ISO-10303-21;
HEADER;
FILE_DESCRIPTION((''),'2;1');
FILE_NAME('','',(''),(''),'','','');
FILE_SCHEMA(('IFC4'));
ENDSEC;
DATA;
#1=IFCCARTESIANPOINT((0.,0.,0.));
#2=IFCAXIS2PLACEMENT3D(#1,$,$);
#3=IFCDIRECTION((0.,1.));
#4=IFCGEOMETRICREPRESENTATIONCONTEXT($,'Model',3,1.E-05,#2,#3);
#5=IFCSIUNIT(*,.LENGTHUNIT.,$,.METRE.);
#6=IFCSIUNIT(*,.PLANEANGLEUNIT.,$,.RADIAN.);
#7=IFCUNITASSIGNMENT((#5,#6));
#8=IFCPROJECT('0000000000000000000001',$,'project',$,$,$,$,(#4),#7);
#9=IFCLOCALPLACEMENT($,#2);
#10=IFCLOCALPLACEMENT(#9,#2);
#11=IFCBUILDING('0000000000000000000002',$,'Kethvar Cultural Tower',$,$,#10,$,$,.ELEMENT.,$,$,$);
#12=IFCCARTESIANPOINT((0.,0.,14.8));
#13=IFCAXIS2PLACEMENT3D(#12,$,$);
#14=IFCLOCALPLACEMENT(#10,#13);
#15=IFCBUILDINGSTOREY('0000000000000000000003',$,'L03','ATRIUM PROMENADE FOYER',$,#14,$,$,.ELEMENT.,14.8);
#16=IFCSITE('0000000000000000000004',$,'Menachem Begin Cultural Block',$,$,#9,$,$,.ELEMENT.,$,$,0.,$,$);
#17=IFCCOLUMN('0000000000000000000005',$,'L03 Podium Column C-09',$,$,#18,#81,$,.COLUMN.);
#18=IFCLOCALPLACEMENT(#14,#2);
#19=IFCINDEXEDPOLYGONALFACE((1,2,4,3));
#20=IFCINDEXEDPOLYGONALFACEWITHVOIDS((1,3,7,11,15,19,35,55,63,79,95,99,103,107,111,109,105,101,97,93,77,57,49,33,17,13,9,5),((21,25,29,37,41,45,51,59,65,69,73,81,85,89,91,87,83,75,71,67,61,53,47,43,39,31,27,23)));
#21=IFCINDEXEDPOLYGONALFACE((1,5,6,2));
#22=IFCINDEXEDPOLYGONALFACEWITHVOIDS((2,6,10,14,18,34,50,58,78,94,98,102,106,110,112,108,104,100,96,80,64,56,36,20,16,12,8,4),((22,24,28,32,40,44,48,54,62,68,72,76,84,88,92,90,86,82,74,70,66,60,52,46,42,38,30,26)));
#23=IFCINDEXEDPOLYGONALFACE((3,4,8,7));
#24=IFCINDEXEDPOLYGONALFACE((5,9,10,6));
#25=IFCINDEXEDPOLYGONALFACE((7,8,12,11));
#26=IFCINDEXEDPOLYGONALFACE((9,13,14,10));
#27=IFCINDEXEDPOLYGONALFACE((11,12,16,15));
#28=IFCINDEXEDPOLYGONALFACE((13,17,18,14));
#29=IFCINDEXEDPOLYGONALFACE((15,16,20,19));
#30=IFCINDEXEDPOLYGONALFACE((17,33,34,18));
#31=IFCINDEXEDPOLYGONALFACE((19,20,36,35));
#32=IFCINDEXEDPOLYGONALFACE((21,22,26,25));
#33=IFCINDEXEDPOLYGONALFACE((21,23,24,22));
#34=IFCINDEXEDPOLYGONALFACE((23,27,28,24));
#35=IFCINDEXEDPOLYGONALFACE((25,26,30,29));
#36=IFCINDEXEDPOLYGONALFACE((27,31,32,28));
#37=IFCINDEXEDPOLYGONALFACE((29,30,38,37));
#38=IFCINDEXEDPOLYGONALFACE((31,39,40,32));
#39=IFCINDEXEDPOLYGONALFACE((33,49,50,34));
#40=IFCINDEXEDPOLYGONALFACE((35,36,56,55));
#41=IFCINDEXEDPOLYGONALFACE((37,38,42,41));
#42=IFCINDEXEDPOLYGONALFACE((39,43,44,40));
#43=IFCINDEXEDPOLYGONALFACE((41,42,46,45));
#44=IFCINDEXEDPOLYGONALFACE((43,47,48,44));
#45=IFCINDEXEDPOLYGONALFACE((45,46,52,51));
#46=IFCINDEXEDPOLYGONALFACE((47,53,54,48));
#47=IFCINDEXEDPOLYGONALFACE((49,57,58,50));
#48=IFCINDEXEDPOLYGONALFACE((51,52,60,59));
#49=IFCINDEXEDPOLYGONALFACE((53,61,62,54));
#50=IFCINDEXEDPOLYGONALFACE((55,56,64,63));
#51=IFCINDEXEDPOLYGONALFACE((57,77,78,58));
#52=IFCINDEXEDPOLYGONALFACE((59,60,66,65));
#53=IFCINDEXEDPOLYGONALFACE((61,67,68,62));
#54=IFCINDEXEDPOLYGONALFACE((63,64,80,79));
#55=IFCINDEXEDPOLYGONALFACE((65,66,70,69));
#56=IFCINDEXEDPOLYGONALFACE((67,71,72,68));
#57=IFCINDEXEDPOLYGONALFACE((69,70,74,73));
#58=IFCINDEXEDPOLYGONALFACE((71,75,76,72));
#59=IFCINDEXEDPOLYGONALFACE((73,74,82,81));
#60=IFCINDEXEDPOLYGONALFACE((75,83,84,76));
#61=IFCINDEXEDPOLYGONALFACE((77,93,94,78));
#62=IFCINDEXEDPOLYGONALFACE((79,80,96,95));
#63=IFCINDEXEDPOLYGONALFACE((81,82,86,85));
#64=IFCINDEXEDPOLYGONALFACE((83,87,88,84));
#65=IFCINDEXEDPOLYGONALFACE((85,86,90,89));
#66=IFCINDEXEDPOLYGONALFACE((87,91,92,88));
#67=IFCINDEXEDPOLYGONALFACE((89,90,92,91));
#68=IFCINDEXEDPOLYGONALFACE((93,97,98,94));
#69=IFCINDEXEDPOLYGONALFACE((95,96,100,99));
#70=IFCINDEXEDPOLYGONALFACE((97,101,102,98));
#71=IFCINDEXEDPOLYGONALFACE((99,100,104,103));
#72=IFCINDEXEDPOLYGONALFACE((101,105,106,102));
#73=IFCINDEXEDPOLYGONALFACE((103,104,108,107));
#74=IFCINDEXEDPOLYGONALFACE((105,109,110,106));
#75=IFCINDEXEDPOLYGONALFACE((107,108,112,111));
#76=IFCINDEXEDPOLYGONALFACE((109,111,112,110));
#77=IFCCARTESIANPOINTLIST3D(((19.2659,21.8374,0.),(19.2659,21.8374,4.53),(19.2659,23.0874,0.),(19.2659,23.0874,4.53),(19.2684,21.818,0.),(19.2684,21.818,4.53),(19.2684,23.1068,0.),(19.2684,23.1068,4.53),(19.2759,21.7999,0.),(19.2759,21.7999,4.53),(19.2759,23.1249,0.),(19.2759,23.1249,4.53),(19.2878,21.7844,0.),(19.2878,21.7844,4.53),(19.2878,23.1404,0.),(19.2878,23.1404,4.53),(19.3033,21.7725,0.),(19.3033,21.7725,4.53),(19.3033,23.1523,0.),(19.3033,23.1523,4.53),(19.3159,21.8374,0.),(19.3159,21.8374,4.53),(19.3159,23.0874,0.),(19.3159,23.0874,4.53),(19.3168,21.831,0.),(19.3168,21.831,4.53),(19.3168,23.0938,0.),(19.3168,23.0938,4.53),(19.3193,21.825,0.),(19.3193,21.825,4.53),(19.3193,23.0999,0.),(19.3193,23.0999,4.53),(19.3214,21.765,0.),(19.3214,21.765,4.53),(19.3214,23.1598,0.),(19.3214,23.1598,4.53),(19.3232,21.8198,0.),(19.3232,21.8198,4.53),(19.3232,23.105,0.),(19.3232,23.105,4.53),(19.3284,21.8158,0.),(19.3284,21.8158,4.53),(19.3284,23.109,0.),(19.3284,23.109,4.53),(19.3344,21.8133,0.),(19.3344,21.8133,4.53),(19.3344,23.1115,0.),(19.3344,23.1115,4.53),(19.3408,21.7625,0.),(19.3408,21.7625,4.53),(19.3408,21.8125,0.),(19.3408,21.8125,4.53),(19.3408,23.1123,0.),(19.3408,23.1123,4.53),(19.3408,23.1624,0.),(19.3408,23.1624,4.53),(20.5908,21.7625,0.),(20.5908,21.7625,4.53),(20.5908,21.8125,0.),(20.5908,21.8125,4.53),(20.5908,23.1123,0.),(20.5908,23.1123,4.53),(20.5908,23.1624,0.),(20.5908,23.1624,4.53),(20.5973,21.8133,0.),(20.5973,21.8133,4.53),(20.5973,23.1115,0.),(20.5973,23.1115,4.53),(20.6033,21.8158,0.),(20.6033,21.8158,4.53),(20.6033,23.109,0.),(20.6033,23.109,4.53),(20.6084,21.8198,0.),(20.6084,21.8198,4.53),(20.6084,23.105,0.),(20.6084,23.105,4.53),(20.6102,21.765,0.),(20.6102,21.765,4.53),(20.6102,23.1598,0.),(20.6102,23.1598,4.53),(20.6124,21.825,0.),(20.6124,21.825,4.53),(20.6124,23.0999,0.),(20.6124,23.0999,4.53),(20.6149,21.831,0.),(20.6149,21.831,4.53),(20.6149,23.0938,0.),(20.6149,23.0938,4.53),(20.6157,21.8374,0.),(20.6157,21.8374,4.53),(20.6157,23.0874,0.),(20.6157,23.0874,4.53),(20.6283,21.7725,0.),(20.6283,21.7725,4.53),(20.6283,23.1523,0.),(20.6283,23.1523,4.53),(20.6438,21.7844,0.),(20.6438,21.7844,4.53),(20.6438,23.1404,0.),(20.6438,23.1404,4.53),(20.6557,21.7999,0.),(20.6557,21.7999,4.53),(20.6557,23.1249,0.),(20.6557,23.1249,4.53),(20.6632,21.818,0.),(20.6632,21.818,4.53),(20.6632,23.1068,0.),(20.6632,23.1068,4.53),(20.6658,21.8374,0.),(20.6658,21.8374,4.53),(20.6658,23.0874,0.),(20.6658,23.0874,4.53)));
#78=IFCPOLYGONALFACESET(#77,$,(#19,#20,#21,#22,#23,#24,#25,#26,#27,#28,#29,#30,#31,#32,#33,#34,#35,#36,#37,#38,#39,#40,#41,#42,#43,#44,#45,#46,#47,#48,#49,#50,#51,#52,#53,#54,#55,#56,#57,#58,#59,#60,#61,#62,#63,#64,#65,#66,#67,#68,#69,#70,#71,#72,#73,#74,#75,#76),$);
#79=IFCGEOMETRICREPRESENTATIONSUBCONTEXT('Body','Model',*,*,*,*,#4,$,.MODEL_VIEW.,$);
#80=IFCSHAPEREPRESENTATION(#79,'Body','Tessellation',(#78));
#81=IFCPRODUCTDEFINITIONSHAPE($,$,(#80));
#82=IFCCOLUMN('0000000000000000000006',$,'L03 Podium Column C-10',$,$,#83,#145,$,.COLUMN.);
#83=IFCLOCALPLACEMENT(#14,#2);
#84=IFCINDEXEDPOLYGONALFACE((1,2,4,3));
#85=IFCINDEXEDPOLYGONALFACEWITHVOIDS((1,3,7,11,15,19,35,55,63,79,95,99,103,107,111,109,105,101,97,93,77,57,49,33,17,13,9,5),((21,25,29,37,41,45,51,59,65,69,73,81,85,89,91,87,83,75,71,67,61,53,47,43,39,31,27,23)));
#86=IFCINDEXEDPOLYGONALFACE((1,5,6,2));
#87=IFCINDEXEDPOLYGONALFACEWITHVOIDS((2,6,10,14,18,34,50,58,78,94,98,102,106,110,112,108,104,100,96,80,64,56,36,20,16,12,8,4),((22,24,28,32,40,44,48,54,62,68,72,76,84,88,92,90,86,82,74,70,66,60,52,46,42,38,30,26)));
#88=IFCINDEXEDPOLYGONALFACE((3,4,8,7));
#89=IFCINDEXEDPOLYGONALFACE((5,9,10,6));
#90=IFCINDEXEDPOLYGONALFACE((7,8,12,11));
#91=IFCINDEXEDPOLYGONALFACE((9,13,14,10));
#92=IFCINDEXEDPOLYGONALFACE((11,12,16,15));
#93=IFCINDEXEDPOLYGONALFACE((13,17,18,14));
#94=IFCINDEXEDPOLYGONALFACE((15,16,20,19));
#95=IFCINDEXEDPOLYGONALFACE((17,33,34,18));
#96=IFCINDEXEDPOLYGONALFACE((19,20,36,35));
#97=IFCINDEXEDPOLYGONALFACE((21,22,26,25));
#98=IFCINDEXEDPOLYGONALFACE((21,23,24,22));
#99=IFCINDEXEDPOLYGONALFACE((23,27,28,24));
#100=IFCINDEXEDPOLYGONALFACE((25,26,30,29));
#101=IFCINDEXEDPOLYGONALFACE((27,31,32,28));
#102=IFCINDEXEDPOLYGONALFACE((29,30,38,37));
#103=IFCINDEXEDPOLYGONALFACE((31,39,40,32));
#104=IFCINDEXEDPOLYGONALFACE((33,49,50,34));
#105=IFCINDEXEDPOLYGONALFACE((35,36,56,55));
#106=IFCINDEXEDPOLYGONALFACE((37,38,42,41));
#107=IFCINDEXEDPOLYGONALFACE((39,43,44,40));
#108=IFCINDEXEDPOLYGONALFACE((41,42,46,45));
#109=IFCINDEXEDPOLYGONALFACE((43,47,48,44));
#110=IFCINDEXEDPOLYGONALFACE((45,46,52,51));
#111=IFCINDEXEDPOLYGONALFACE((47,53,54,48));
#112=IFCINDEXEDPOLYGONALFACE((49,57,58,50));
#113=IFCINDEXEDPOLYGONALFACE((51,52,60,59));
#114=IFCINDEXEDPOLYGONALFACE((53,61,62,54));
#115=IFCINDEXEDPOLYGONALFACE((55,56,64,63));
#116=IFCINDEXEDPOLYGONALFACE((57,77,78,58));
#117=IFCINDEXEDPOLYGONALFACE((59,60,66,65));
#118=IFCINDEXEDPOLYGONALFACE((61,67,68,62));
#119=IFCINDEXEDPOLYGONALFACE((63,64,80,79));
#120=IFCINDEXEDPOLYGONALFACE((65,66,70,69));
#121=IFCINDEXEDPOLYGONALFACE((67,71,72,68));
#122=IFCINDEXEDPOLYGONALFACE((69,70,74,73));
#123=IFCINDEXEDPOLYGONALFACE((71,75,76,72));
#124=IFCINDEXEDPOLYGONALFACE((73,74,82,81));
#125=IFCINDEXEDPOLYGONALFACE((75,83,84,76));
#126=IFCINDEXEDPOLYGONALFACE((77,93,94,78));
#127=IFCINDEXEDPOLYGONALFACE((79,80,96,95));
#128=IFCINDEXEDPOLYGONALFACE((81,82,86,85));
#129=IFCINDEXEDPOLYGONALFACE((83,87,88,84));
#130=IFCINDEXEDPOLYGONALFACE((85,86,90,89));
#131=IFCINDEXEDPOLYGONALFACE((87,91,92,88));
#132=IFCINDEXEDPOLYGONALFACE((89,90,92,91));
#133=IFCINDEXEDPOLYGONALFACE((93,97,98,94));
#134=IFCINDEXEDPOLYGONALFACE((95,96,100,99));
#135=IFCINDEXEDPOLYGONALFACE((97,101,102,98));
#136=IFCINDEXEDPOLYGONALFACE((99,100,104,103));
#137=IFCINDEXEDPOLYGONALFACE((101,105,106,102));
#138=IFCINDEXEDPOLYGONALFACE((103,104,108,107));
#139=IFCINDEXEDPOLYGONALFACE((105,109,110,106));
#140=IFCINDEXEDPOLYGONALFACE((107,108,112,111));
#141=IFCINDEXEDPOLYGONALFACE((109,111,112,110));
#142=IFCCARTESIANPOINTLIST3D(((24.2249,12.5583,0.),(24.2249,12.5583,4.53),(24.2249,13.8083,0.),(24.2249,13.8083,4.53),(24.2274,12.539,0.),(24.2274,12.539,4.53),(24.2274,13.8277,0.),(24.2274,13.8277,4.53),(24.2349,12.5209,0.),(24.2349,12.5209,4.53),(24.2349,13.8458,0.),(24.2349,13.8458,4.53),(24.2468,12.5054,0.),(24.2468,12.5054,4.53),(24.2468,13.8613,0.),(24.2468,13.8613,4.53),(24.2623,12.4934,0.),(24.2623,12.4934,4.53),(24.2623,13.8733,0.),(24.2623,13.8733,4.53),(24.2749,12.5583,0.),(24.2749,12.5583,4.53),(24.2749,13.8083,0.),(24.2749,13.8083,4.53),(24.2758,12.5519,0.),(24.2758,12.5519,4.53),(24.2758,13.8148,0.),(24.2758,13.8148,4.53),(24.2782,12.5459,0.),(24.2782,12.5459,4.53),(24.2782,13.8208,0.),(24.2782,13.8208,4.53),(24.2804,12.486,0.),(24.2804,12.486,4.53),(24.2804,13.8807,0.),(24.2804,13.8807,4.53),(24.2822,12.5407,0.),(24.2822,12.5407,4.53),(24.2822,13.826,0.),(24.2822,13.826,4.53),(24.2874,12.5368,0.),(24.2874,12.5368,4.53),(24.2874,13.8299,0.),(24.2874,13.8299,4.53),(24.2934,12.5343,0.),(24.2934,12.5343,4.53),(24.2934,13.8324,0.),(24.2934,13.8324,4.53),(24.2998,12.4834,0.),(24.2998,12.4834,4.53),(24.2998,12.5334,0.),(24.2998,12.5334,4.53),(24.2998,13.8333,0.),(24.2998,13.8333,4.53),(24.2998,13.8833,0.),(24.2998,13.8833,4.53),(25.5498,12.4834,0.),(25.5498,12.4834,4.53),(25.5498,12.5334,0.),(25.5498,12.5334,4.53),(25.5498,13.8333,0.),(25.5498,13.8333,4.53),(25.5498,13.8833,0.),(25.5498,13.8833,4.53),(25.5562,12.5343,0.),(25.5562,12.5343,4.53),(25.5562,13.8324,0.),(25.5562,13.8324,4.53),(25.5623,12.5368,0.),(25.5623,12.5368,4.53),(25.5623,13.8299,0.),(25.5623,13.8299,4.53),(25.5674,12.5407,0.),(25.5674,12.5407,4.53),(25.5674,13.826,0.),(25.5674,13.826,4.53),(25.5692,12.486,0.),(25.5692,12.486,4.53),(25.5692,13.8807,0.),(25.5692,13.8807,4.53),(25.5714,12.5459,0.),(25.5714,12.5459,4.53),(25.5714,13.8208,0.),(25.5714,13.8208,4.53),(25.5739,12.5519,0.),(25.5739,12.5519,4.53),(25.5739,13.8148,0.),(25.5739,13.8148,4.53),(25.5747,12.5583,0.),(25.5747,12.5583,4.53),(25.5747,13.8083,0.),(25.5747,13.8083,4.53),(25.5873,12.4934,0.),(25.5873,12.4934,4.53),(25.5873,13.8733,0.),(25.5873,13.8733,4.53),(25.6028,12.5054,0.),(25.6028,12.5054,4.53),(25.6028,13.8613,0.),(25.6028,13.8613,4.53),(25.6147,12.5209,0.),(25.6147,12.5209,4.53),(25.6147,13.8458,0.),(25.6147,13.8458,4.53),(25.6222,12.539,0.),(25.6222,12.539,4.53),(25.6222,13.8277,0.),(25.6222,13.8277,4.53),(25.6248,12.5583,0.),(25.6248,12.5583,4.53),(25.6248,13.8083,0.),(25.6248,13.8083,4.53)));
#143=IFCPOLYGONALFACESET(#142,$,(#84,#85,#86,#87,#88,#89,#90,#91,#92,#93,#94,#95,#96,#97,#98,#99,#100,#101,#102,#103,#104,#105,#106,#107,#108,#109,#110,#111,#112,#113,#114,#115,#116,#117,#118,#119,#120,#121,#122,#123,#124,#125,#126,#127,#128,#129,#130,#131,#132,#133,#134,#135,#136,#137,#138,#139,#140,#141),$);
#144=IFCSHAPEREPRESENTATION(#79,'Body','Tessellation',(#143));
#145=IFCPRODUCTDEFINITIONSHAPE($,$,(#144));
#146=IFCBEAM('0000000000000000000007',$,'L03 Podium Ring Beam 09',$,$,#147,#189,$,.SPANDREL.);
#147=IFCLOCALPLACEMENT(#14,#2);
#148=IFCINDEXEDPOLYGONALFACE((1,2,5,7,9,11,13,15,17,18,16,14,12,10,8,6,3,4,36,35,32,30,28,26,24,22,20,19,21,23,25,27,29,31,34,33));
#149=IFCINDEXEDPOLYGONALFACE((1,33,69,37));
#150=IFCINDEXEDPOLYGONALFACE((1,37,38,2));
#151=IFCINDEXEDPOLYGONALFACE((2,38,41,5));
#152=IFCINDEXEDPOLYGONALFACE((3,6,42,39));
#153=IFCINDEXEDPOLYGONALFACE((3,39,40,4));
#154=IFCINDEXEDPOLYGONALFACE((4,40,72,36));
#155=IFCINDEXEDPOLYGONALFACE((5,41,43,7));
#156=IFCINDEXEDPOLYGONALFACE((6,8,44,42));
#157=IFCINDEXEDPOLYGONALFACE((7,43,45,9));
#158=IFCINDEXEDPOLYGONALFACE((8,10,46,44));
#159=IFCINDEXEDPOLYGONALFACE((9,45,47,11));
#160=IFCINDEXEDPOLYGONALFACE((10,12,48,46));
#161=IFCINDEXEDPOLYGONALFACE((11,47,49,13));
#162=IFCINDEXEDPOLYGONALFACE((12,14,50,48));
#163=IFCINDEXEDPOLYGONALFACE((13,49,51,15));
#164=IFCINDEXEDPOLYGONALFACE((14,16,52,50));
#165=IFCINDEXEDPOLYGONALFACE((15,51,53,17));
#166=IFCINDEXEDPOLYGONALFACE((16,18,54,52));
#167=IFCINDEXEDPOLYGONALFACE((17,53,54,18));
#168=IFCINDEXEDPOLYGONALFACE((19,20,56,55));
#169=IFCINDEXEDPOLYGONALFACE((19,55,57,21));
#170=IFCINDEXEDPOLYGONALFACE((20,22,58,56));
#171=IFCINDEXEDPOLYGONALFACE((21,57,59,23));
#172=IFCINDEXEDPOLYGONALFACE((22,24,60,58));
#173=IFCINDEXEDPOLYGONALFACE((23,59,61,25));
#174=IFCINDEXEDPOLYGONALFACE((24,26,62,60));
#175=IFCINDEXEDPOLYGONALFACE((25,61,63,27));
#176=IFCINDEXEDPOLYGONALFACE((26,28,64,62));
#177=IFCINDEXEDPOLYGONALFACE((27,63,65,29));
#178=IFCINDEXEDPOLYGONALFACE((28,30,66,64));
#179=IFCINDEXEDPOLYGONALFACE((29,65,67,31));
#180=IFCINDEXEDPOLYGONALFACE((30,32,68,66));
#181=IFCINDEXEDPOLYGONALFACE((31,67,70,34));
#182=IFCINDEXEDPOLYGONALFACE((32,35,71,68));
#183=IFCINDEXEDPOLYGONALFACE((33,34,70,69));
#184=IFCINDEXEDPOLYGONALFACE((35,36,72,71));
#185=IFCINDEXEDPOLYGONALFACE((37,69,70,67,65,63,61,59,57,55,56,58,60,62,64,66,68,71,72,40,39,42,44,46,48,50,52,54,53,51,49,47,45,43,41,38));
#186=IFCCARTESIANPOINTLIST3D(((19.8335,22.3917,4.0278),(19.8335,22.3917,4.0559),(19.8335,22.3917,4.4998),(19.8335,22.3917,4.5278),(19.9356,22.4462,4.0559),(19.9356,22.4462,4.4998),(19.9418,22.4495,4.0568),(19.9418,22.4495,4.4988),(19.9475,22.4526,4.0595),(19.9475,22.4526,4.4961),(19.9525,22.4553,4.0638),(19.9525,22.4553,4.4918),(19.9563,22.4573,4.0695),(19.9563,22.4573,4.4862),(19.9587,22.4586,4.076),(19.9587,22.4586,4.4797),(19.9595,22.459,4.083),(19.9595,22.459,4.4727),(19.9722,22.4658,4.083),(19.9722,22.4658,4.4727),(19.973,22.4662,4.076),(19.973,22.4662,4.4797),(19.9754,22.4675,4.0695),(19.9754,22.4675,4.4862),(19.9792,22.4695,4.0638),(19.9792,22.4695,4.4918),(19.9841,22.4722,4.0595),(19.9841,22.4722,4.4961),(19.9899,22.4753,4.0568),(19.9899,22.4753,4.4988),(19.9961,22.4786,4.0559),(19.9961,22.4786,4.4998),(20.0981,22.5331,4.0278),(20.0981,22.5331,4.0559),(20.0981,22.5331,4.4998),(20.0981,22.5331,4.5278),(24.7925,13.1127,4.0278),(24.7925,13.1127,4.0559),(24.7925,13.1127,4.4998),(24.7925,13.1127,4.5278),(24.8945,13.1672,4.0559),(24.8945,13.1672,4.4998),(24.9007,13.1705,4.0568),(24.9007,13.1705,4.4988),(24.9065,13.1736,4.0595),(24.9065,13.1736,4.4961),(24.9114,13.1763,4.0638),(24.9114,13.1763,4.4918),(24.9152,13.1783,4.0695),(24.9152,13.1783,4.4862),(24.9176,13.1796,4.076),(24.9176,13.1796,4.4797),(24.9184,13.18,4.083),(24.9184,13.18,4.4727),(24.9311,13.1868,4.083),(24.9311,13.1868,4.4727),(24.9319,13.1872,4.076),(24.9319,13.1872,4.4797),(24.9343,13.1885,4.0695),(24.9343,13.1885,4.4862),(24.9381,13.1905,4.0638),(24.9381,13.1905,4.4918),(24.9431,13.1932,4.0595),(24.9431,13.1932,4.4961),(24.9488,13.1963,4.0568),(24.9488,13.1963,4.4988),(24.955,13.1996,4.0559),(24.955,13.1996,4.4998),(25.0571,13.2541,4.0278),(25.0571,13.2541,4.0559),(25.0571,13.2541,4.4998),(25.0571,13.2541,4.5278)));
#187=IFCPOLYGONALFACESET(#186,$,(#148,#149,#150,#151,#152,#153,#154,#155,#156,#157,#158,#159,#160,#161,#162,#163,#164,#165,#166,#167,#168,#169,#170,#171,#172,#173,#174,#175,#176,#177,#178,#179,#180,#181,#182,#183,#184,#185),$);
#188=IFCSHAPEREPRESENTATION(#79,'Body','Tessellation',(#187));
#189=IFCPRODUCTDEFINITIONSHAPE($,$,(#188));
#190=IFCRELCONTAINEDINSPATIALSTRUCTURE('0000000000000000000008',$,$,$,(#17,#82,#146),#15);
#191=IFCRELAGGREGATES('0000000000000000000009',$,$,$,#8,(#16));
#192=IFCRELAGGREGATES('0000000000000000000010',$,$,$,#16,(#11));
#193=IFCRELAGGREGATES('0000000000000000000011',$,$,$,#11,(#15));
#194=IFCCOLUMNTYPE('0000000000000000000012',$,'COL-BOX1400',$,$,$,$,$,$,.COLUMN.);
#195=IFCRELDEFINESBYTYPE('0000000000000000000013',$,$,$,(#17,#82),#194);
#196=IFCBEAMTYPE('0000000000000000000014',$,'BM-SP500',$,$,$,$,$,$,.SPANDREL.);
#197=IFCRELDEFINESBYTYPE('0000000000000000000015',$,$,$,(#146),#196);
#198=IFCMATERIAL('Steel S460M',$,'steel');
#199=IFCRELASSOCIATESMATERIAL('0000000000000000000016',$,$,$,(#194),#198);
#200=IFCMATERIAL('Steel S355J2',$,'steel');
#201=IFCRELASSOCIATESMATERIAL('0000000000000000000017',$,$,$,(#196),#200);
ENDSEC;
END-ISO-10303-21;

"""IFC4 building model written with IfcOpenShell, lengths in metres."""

from ifc_helpers import new_model, si_unit, direction, frame, origin, origin_2d, place, context, subcontext, project, spatial, hollow_rectangle, i_section, extrude, source, transform, mapped, material, material_profile, profile_set, type_object, element, save


model = new_model("IFC4")

# Units and contexts
model_context = context("Model", 3, precision=1e-05, world=origin(), true_north=direction((0.0, 1.0)))
body_context = subcontext(model_context, "Body", "Model", "MODEL_VIEW")
ifc_project = project(units=[si_unit("LENGTHUNIT", "METRE"), si_unit("PLANEANGLEUNIT", "RADIAN")], contexts=[model_context])

# Site, building, storey
site_placement = place(None, origin())
site = spatial("IfcSite", under=ifc_project, at=site_placement, Name="Menachem Begin Cultural Block", CompositionType="ELEMENT", RefElevation=0.0)
building_placement = place(site_placement, origin())
building = spatial("IfcBuilding", under=site, at=building_placement, Name="Kethvar Cultural Tower", CompositionType="ELEMENT")
storey_placement = place(building_placement, frame((0.0, 0.0, 14.8)))
storey = spatial("IfcBuildingStorey", under=building, at=storey_placement, Name="L03", Description="ATRIUM PROMENADE FOYER", CompositionType="ELEMENT", Elevation=14.8)

# Columns
ifc_material_1 = material(Name="Steel S460M", Category="steel")
ifc_material_profile_1 = material_profile(ifc_material_1, hollow_rectangle(XDim=1.3999, YDim=1.3999, WallThickness=0.05, InnerFilletRadius=0.0249, OuterFilletRadius=0.075, at=origin_2d()), Name="Steel S460M — BOX1400x1400x50")
ifc_profile_set_1 = profile_set([ifc_material_profile_1], Name="Steel S460M — BOX1400x1400x50")
column_type = type_object("IfcColumnType", Name="COL-BOX1400", PredefinedType="COLUMN", material=ifc_profile_set_1)
shared_shape_1 = source(origin(), body_context, "Body", "SweptSolid", [
    extrude(hollow_rectangle(XDim=1.3999, YDim=1.3999, WallThickness=0.05, InnerFilletRadius=0.0249, OuterFilletRadius=0.075, at=origin_2d()), origin(), (0.0, 0.0, 1.0), 4.53),
])
for number, where, z_axis, x_axis, name in (
    (1, (19.9658, 22.4624, 0.0), (0.0, 0.0, 1.0), (1.0, 0.0, 0.0), "L03 Podium Column C-09"),
    (2, (24.9248, 13.1833, 0.0), (0.0, 0.0, 1.0), (1.0, 0.0, 0.0), "L03 Podium Column C-10"),
):
    element("IfcColumn", number, at=place(storey_placement, frame(where, z_axis=z_axis, x_axis=x_axis)), inside=storey, type_object=column_type, Name=name, PredefinedType="COLUMN", context=body_context, shape_type="MappedRepresentation", body=[
        mapped(shared_shape_1, transform((0.0, 0.0, 0.0), scale=1.0)),
    ])

# Beam
ifc_material_2 = material(Name="Steel S355J2", Category="steel")
ifc_material_profile_2 = material_profile(ifc_material_2, i_section(OverallWidth=0.3, OverallDepth=0.5, WebThickness=0.0144, FlangeThickness=0.0281, FilletRadius=0.0271, at=origin_2d()), Name="Steel S355J2 — HEB500")
ifc_profile_set_2 = profile_set([ifc_material_profile_2], Name="Steel S355J2 — HEB500")
beam_type_1 = type_object("IfcBeamType", Name="BM-SP500", PredefinedType="SPANDREL", material=ifc_profile_set_2)
shared_shape_2 = source(origin(), body_context, "Body", "SweptSolid", [
    extrude(i_section(OverallWidth=0.3, OverallDepth=0.5, WebThickness=0.0144, FlangeThickness=0.0281, FilletRadius=0.0271, at=origin_2d()), origin(), (0.0, 0.0, 1.0), 10.521),
])
beam_1_placement = place(storey_placement, frame((19.9658, 22.4624, 4.2778), z_axis=(0.47134, -0.881952, 0.0), x_axis=(0.881952, 0.47134, 0.0)))
element("IfcBeam", 3, at=beam_1_placement, inside=storey, type_object=beam_type_1, Name="L03 Podium Ring Beam 09", PredefinedType="SPANDREL", context=body_context, shape_type="MappedRepresentation", body=[
    mapped(shared_shape_2, transform((0.0, 0.0, 0.0), scale=1.0)),
])

save(model, "model.ifc")
